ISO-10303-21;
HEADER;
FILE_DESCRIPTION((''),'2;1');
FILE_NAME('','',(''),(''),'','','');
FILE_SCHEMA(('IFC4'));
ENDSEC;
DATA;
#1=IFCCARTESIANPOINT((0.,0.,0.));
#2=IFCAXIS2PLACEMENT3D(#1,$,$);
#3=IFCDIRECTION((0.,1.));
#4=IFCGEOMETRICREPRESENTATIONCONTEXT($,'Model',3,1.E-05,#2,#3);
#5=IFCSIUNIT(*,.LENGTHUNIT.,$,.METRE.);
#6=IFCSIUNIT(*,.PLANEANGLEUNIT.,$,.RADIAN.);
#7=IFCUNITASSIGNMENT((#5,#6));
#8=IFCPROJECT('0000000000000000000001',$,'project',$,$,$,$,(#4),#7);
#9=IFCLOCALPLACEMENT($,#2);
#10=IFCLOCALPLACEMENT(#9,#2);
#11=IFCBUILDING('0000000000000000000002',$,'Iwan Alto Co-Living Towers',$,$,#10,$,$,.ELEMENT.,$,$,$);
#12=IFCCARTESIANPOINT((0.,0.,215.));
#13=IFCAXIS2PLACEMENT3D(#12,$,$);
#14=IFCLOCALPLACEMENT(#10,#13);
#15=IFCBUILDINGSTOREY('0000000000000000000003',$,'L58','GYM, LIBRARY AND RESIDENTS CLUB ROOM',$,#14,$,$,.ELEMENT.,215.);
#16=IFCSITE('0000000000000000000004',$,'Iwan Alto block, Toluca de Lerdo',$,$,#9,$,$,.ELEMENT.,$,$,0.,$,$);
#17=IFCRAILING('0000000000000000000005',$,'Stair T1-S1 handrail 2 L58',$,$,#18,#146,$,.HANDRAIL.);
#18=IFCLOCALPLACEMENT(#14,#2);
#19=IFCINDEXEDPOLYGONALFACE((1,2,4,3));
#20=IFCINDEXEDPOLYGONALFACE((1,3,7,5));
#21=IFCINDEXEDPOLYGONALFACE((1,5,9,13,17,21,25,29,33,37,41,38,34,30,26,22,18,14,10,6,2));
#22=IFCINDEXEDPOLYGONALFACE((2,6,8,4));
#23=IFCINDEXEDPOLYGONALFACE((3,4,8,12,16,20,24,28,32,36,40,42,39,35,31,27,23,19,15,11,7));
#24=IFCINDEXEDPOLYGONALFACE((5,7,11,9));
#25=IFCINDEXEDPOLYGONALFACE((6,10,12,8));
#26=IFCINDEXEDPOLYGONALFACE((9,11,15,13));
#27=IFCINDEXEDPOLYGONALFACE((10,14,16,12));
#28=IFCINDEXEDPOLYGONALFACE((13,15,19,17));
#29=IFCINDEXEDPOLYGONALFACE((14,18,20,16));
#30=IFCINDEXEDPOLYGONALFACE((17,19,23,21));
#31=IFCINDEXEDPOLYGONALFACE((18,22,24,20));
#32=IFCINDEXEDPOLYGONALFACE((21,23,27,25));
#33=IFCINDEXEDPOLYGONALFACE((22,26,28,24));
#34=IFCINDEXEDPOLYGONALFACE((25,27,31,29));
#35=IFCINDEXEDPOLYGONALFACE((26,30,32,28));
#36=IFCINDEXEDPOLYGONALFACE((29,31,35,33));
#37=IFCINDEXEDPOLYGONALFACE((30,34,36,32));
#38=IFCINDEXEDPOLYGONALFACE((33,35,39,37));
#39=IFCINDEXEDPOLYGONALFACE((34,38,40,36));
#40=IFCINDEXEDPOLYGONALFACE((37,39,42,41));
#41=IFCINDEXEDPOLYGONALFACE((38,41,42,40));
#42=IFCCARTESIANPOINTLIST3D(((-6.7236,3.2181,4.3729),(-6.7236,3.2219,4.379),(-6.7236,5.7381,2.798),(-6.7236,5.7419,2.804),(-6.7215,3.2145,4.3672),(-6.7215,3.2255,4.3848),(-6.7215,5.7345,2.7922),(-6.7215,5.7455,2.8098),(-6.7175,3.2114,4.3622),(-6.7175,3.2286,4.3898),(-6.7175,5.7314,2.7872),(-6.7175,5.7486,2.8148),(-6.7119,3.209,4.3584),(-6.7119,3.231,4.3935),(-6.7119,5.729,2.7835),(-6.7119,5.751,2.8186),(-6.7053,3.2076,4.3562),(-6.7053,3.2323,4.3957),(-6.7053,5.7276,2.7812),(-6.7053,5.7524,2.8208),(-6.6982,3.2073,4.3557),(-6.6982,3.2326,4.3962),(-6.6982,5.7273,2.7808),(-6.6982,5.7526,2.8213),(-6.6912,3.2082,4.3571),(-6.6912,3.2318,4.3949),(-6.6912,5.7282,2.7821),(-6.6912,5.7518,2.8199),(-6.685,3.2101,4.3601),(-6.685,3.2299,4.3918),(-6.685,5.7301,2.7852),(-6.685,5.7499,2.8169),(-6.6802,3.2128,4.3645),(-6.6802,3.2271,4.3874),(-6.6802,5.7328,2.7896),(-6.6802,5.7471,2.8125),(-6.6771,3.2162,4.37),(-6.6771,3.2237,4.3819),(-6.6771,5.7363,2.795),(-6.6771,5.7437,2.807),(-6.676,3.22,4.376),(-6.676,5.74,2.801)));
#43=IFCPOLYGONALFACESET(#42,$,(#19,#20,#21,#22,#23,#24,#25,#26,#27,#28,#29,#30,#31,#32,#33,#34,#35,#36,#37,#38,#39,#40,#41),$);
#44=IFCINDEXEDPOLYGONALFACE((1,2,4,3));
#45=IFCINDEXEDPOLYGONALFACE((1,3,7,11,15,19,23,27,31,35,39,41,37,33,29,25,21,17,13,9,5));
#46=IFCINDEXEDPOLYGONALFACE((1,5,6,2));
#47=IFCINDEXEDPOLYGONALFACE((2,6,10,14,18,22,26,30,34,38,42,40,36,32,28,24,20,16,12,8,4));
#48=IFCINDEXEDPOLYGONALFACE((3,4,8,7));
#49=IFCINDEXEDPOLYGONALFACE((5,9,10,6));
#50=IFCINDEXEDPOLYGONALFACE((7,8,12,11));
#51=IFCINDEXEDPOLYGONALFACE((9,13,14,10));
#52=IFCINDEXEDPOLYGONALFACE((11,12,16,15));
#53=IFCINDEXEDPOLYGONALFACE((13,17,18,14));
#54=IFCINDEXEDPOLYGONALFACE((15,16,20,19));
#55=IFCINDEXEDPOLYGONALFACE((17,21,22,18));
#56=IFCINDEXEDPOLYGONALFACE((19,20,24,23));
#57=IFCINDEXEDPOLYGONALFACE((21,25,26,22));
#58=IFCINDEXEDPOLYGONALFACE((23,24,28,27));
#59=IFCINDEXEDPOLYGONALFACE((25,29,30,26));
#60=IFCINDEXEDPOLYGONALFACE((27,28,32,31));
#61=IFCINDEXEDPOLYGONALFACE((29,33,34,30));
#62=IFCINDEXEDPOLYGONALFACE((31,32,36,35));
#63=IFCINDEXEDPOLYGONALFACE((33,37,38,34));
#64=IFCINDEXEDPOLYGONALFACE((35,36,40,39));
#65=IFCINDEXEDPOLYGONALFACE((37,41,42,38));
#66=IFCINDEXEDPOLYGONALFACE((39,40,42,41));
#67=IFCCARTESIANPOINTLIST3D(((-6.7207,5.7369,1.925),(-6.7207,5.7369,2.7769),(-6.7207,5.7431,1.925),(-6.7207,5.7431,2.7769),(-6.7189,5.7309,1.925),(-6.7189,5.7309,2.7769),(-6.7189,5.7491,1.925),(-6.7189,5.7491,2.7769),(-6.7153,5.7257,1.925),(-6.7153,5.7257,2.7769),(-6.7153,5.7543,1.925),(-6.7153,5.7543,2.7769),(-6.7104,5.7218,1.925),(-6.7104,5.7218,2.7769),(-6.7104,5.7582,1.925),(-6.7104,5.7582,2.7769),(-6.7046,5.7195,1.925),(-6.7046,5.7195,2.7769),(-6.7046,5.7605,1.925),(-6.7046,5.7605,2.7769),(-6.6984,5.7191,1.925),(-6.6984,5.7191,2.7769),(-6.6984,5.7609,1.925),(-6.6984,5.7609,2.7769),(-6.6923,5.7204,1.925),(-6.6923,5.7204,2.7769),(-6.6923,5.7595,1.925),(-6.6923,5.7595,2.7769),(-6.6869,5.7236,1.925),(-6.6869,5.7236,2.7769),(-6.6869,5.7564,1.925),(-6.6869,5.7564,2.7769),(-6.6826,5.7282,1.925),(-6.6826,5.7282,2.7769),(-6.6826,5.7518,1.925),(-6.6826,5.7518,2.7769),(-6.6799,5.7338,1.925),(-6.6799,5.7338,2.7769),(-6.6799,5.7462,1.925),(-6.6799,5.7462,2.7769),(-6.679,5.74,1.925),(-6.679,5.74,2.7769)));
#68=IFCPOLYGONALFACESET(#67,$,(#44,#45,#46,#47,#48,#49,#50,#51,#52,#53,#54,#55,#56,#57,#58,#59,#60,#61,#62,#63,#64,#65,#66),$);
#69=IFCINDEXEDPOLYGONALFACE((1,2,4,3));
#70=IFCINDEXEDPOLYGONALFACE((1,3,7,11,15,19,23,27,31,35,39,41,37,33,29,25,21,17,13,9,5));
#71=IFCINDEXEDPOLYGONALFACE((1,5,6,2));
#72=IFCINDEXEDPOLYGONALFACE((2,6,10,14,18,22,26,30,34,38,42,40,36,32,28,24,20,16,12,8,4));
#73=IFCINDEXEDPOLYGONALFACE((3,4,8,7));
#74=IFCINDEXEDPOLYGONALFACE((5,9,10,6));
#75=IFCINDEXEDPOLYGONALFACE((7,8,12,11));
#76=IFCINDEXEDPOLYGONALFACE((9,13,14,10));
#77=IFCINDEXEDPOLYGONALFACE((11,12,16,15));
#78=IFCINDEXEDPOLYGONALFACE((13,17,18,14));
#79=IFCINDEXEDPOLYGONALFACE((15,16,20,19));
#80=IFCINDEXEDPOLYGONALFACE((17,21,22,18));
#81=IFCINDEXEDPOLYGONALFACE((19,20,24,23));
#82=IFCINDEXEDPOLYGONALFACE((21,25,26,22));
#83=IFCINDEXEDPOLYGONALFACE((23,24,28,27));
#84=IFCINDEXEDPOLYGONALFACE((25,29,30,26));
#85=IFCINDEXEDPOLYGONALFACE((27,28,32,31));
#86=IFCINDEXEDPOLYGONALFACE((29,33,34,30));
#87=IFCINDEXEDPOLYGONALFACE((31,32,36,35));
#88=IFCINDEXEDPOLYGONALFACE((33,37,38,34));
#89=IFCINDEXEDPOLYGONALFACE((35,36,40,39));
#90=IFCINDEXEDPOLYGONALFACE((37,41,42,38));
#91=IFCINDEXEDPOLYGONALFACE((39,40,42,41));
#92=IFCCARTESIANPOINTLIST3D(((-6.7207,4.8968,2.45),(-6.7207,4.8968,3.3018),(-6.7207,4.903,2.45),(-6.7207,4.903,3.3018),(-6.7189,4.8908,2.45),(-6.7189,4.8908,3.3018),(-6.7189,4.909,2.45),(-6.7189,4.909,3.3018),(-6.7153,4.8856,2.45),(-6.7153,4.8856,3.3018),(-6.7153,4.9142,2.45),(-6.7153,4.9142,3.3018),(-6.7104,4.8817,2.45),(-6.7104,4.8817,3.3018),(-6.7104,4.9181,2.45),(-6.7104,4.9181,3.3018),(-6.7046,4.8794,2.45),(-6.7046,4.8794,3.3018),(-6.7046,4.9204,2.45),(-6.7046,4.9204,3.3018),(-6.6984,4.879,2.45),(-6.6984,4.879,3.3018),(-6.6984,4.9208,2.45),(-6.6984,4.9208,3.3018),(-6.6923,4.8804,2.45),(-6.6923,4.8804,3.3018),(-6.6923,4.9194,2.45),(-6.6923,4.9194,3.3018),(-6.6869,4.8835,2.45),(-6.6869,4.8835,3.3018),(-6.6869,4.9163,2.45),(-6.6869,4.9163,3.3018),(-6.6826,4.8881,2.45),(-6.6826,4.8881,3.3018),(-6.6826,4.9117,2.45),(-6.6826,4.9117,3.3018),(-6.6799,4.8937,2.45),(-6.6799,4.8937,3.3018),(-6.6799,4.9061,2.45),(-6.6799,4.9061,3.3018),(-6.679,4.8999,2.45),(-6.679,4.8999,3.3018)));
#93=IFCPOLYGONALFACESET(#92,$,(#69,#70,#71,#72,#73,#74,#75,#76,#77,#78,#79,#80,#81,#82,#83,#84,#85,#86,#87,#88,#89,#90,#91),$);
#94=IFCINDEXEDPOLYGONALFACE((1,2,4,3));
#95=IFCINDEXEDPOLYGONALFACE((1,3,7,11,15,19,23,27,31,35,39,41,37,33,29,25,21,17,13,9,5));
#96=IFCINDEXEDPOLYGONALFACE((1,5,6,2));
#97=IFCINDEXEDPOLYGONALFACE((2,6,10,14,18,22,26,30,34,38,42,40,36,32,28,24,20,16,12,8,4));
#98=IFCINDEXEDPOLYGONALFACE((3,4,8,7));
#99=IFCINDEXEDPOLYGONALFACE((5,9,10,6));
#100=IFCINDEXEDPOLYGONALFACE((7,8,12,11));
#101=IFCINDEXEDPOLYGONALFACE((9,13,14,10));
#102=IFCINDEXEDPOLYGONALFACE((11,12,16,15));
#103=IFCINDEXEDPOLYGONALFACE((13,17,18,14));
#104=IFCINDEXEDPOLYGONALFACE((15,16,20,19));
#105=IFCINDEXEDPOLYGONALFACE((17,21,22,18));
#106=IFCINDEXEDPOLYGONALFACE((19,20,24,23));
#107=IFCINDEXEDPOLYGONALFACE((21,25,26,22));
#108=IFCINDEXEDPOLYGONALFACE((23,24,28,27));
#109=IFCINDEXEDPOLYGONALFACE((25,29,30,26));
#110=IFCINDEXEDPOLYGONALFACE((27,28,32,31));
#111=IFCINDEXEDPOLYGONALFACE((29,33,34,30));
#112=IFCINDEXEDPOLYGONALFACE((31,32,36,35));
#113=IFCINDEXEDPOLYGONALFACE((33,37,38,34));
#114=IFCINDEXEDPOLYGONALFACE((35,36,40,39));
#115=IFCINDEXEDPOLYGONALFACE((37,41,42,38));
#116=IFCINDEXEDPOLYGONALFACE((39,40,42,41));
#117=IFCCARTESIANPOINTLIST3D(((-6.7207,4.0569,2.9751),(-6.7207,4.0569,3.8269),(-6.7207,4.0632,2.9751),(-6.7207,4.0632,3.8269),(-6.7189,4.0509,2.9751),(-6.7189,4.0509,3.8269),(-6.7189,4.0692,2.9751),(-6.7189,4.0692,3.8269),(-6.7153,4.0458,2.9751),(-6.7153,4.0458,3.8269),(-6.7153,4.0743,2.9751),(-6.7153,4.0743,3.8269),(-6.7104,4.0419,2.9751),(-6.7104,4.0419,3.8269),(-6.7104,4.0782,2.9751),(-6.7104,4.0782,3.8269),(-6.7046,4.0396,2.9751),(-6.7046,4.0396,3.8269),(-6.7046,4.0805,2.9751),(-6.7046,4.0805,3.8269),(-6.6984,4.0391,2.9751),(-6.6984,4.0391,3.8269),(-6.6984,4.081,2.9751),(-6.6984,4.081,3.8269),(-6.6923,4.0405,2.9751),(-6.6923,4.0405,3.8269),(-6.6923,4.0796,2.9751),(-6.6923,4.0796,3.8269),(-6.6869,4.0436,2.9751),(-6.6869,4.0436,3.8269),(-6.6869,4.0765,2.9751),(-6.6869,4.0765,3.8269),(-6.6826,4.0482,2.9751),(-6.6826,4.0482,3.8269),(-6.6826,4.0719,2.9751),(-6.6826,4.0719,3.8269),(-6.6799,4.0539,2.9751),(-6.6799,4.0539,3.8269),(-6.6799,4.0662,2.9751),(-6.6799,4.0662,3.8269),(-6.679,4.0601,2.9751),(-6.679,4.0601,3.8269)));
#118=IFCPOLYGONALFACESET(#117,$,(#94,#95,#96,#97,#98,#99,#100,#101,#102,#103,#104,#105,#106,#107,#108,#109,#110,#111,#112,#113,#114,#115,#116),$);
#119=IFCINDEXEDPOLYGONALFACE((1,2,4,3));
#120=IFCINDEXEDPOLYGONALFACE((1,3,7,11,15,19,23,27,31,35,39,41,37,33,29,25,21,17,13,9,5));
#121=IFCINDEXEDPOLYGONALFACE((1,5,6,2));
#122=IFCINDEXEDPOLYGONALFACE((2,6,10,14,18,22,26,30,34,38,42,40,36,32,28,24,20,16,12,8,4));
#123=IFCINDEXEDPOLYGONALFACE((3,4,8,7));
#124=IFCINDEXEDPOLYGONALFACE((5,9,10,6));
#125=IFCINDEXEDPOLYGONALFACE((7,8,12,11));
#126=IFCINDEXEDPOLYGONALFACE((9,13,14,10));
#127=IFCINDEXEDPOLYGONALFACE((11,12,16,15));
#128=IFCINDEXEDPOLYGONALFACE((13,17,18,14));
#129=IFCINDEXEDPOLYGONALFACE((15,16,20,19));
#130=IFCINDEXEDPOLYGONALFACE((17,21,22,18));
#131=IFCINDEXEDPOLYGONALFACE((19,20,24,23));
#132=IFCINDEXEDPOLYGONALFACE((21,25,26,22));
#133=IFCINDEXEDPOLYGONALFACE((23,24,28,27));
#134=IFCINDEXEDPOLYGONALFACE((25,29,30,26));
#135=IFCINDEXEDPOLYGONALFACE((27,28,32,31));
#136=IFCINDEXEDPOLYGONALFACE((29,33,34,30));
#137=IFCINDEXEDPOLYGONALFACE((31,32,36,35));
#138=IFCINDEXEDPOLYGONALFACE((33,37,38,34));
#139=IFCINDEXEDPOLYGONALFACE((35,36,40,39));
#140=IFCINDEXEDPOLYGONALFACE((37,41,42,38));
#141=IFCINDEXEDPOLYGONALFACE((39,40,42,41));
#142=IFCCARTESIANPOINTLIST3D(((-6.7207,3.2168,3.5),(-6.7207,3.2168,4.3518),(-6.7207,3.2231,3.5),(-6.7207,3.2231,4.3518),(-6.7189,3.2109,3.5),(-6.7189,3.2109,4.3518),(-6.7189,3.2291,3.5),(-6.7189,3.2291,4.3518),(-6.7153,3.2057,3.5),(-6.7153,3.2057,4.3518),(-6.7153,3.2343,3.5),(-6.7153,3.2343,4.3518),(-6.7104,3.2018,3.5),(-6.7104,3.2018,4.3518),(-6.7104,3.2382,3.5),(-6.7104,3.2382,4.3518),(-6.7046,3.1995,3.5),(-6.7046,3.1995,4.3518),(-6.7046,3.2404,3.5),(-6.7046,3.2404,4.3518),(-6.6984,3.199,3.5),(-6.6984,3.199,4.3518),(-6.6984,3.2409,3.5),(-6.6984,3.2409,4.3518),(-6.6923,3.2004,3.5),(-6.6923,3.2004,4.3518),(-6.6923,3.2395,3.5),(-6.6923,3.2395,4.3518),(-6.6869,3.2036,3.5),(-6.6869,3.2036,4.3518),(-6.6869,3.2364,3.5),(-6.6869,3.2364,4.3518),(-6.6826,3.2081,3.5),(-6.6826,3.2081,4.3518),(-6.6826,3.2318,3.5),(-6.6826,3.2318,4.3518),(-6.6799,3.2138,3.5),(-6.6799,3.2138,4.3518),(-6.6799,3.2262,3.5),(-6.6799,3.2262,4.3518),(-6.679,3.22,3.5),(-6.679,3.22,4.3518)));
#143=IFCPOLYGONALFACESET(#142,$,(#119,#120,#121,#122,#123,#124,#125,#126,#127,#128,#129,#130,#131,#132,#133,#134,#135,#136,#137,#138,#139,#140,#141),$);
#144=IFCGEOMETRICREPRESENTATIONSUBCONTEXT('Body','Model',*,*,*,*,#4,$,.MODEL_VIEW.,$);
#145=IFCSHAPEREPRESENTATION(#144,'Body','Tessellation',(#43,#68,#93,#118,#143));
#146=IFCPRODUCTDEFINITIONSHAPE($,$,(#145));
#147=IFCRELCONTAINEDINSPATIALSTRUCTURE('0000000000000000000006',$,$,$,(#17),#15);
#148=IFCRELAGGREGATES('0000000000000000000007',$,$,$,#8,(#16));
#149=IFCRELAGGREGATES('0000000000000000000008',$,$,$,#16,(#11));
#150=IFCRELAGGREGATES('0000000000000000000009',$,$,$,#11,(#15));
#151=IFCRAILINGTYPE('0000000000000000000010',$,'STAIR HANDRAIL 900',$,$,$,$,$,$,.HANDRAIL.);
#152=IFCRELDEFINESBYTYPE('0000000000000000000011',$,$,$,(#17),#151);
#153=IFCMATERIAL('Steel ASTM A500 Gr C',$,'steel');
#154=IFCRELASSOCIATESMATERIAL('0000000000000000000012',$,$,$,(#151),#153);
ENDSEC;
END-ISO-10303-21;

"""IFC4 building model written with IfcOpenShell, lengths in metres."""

from ifc_helpers import new_model, si_unit, direction, frame, origin, origin_2d, place, context, subcontext, project, spatial, circle, extrude, material, type_object, element, save


model = new_model("IFC4")

# Units and contexts
model_context = context("Model", 3, precision=1e-05, world=origin(), true_north=direction((0.0, 1.0)))
body_context = subcontext(model_context, "Body", "Model", "MODEL_VIEW")
ifc_project = project(units=[si_unit("LENGTHUNIT", "METRE"), si_unit("PLANEANGLEUNIT", "RADIAN")], contexts=[model_context])

# Site, building, storey
site_placement = place(None, origin())
site = spatial("IfcSite", under=ifc_project, at=site_placement, Name="Iwan Alto block, Toluca de Lerdo", CompositionType="ELEMENT", RefElevation=0.0)
building_placement = place(site_placement, origin())
building = spatial("IfcBuilding", under=site, at=building_placement, Name="Iwan Alto Co-Living Towers", CompositionType="ELEMENT")
storey_placement = place(building_placement, frame((0.0, 0.0, 215.0)))
storey = spatial("IfcBuildingStorey", under=building, at=storey_placement, Name="L58", Description="GYM, LIBRARY AND RESIDENTS CLUB ROOM", CompositionType="ELEMENT", Elevation=215.0)

# Railing
ifc_material_1 = material(Name="Steel ASTM A500 Gr C", Category="steel")
railing_type_1 = type_object("IfcRailingType", Name="STAIR HANDRAIL 900", PredefinedType="HANDRAIL", material=ifc_material_1)
railing_1_placement = place(storey_placement, frame((-6.7, 5.74, 1.925)))
element("IfcRailing", 1, at=railing_1_placement, inside=storey, type_object=railing_type_1, Name="Stair T1-S1 handrail 2 L58", PredefinedType="HANDRAIL", context=body_context, shape_type="SweptSolid", body=[
    extrude(circle(Radius=0.0239, at=origin_2d()), frame((0.0, 0.0, 0.876), z_axis=(0.0, -0.848008, 0.529984), x_axis=(1.0, 0.0, 0.0)), (0.0, 0.0, 1.0), 2.9717),
    extrude(circle(Radius=0.021, at=origin_2d()), origin(), (0.0, 0.0, 1.0), 0.8518),
    extrude(circle(Radius=0.021, at=origin_2d()), frame((0.0, -0.8401, 0.5249)), (0.0, 0.0, 1.0), 0.8518),
    extrude(circle(Radius=0.021, at=origin_2d()), frame((0.0, -1.6799, 1.05)), (0.0, 0.0, 1.0), 0.8518),
    extrude(circle(Radius=0.021, at=origin_2d()), frame((0.0, -2.52, 1.575)), (0.0, 0.0, 1.0), 0.8518),
])

save(model, "model.ifc")
